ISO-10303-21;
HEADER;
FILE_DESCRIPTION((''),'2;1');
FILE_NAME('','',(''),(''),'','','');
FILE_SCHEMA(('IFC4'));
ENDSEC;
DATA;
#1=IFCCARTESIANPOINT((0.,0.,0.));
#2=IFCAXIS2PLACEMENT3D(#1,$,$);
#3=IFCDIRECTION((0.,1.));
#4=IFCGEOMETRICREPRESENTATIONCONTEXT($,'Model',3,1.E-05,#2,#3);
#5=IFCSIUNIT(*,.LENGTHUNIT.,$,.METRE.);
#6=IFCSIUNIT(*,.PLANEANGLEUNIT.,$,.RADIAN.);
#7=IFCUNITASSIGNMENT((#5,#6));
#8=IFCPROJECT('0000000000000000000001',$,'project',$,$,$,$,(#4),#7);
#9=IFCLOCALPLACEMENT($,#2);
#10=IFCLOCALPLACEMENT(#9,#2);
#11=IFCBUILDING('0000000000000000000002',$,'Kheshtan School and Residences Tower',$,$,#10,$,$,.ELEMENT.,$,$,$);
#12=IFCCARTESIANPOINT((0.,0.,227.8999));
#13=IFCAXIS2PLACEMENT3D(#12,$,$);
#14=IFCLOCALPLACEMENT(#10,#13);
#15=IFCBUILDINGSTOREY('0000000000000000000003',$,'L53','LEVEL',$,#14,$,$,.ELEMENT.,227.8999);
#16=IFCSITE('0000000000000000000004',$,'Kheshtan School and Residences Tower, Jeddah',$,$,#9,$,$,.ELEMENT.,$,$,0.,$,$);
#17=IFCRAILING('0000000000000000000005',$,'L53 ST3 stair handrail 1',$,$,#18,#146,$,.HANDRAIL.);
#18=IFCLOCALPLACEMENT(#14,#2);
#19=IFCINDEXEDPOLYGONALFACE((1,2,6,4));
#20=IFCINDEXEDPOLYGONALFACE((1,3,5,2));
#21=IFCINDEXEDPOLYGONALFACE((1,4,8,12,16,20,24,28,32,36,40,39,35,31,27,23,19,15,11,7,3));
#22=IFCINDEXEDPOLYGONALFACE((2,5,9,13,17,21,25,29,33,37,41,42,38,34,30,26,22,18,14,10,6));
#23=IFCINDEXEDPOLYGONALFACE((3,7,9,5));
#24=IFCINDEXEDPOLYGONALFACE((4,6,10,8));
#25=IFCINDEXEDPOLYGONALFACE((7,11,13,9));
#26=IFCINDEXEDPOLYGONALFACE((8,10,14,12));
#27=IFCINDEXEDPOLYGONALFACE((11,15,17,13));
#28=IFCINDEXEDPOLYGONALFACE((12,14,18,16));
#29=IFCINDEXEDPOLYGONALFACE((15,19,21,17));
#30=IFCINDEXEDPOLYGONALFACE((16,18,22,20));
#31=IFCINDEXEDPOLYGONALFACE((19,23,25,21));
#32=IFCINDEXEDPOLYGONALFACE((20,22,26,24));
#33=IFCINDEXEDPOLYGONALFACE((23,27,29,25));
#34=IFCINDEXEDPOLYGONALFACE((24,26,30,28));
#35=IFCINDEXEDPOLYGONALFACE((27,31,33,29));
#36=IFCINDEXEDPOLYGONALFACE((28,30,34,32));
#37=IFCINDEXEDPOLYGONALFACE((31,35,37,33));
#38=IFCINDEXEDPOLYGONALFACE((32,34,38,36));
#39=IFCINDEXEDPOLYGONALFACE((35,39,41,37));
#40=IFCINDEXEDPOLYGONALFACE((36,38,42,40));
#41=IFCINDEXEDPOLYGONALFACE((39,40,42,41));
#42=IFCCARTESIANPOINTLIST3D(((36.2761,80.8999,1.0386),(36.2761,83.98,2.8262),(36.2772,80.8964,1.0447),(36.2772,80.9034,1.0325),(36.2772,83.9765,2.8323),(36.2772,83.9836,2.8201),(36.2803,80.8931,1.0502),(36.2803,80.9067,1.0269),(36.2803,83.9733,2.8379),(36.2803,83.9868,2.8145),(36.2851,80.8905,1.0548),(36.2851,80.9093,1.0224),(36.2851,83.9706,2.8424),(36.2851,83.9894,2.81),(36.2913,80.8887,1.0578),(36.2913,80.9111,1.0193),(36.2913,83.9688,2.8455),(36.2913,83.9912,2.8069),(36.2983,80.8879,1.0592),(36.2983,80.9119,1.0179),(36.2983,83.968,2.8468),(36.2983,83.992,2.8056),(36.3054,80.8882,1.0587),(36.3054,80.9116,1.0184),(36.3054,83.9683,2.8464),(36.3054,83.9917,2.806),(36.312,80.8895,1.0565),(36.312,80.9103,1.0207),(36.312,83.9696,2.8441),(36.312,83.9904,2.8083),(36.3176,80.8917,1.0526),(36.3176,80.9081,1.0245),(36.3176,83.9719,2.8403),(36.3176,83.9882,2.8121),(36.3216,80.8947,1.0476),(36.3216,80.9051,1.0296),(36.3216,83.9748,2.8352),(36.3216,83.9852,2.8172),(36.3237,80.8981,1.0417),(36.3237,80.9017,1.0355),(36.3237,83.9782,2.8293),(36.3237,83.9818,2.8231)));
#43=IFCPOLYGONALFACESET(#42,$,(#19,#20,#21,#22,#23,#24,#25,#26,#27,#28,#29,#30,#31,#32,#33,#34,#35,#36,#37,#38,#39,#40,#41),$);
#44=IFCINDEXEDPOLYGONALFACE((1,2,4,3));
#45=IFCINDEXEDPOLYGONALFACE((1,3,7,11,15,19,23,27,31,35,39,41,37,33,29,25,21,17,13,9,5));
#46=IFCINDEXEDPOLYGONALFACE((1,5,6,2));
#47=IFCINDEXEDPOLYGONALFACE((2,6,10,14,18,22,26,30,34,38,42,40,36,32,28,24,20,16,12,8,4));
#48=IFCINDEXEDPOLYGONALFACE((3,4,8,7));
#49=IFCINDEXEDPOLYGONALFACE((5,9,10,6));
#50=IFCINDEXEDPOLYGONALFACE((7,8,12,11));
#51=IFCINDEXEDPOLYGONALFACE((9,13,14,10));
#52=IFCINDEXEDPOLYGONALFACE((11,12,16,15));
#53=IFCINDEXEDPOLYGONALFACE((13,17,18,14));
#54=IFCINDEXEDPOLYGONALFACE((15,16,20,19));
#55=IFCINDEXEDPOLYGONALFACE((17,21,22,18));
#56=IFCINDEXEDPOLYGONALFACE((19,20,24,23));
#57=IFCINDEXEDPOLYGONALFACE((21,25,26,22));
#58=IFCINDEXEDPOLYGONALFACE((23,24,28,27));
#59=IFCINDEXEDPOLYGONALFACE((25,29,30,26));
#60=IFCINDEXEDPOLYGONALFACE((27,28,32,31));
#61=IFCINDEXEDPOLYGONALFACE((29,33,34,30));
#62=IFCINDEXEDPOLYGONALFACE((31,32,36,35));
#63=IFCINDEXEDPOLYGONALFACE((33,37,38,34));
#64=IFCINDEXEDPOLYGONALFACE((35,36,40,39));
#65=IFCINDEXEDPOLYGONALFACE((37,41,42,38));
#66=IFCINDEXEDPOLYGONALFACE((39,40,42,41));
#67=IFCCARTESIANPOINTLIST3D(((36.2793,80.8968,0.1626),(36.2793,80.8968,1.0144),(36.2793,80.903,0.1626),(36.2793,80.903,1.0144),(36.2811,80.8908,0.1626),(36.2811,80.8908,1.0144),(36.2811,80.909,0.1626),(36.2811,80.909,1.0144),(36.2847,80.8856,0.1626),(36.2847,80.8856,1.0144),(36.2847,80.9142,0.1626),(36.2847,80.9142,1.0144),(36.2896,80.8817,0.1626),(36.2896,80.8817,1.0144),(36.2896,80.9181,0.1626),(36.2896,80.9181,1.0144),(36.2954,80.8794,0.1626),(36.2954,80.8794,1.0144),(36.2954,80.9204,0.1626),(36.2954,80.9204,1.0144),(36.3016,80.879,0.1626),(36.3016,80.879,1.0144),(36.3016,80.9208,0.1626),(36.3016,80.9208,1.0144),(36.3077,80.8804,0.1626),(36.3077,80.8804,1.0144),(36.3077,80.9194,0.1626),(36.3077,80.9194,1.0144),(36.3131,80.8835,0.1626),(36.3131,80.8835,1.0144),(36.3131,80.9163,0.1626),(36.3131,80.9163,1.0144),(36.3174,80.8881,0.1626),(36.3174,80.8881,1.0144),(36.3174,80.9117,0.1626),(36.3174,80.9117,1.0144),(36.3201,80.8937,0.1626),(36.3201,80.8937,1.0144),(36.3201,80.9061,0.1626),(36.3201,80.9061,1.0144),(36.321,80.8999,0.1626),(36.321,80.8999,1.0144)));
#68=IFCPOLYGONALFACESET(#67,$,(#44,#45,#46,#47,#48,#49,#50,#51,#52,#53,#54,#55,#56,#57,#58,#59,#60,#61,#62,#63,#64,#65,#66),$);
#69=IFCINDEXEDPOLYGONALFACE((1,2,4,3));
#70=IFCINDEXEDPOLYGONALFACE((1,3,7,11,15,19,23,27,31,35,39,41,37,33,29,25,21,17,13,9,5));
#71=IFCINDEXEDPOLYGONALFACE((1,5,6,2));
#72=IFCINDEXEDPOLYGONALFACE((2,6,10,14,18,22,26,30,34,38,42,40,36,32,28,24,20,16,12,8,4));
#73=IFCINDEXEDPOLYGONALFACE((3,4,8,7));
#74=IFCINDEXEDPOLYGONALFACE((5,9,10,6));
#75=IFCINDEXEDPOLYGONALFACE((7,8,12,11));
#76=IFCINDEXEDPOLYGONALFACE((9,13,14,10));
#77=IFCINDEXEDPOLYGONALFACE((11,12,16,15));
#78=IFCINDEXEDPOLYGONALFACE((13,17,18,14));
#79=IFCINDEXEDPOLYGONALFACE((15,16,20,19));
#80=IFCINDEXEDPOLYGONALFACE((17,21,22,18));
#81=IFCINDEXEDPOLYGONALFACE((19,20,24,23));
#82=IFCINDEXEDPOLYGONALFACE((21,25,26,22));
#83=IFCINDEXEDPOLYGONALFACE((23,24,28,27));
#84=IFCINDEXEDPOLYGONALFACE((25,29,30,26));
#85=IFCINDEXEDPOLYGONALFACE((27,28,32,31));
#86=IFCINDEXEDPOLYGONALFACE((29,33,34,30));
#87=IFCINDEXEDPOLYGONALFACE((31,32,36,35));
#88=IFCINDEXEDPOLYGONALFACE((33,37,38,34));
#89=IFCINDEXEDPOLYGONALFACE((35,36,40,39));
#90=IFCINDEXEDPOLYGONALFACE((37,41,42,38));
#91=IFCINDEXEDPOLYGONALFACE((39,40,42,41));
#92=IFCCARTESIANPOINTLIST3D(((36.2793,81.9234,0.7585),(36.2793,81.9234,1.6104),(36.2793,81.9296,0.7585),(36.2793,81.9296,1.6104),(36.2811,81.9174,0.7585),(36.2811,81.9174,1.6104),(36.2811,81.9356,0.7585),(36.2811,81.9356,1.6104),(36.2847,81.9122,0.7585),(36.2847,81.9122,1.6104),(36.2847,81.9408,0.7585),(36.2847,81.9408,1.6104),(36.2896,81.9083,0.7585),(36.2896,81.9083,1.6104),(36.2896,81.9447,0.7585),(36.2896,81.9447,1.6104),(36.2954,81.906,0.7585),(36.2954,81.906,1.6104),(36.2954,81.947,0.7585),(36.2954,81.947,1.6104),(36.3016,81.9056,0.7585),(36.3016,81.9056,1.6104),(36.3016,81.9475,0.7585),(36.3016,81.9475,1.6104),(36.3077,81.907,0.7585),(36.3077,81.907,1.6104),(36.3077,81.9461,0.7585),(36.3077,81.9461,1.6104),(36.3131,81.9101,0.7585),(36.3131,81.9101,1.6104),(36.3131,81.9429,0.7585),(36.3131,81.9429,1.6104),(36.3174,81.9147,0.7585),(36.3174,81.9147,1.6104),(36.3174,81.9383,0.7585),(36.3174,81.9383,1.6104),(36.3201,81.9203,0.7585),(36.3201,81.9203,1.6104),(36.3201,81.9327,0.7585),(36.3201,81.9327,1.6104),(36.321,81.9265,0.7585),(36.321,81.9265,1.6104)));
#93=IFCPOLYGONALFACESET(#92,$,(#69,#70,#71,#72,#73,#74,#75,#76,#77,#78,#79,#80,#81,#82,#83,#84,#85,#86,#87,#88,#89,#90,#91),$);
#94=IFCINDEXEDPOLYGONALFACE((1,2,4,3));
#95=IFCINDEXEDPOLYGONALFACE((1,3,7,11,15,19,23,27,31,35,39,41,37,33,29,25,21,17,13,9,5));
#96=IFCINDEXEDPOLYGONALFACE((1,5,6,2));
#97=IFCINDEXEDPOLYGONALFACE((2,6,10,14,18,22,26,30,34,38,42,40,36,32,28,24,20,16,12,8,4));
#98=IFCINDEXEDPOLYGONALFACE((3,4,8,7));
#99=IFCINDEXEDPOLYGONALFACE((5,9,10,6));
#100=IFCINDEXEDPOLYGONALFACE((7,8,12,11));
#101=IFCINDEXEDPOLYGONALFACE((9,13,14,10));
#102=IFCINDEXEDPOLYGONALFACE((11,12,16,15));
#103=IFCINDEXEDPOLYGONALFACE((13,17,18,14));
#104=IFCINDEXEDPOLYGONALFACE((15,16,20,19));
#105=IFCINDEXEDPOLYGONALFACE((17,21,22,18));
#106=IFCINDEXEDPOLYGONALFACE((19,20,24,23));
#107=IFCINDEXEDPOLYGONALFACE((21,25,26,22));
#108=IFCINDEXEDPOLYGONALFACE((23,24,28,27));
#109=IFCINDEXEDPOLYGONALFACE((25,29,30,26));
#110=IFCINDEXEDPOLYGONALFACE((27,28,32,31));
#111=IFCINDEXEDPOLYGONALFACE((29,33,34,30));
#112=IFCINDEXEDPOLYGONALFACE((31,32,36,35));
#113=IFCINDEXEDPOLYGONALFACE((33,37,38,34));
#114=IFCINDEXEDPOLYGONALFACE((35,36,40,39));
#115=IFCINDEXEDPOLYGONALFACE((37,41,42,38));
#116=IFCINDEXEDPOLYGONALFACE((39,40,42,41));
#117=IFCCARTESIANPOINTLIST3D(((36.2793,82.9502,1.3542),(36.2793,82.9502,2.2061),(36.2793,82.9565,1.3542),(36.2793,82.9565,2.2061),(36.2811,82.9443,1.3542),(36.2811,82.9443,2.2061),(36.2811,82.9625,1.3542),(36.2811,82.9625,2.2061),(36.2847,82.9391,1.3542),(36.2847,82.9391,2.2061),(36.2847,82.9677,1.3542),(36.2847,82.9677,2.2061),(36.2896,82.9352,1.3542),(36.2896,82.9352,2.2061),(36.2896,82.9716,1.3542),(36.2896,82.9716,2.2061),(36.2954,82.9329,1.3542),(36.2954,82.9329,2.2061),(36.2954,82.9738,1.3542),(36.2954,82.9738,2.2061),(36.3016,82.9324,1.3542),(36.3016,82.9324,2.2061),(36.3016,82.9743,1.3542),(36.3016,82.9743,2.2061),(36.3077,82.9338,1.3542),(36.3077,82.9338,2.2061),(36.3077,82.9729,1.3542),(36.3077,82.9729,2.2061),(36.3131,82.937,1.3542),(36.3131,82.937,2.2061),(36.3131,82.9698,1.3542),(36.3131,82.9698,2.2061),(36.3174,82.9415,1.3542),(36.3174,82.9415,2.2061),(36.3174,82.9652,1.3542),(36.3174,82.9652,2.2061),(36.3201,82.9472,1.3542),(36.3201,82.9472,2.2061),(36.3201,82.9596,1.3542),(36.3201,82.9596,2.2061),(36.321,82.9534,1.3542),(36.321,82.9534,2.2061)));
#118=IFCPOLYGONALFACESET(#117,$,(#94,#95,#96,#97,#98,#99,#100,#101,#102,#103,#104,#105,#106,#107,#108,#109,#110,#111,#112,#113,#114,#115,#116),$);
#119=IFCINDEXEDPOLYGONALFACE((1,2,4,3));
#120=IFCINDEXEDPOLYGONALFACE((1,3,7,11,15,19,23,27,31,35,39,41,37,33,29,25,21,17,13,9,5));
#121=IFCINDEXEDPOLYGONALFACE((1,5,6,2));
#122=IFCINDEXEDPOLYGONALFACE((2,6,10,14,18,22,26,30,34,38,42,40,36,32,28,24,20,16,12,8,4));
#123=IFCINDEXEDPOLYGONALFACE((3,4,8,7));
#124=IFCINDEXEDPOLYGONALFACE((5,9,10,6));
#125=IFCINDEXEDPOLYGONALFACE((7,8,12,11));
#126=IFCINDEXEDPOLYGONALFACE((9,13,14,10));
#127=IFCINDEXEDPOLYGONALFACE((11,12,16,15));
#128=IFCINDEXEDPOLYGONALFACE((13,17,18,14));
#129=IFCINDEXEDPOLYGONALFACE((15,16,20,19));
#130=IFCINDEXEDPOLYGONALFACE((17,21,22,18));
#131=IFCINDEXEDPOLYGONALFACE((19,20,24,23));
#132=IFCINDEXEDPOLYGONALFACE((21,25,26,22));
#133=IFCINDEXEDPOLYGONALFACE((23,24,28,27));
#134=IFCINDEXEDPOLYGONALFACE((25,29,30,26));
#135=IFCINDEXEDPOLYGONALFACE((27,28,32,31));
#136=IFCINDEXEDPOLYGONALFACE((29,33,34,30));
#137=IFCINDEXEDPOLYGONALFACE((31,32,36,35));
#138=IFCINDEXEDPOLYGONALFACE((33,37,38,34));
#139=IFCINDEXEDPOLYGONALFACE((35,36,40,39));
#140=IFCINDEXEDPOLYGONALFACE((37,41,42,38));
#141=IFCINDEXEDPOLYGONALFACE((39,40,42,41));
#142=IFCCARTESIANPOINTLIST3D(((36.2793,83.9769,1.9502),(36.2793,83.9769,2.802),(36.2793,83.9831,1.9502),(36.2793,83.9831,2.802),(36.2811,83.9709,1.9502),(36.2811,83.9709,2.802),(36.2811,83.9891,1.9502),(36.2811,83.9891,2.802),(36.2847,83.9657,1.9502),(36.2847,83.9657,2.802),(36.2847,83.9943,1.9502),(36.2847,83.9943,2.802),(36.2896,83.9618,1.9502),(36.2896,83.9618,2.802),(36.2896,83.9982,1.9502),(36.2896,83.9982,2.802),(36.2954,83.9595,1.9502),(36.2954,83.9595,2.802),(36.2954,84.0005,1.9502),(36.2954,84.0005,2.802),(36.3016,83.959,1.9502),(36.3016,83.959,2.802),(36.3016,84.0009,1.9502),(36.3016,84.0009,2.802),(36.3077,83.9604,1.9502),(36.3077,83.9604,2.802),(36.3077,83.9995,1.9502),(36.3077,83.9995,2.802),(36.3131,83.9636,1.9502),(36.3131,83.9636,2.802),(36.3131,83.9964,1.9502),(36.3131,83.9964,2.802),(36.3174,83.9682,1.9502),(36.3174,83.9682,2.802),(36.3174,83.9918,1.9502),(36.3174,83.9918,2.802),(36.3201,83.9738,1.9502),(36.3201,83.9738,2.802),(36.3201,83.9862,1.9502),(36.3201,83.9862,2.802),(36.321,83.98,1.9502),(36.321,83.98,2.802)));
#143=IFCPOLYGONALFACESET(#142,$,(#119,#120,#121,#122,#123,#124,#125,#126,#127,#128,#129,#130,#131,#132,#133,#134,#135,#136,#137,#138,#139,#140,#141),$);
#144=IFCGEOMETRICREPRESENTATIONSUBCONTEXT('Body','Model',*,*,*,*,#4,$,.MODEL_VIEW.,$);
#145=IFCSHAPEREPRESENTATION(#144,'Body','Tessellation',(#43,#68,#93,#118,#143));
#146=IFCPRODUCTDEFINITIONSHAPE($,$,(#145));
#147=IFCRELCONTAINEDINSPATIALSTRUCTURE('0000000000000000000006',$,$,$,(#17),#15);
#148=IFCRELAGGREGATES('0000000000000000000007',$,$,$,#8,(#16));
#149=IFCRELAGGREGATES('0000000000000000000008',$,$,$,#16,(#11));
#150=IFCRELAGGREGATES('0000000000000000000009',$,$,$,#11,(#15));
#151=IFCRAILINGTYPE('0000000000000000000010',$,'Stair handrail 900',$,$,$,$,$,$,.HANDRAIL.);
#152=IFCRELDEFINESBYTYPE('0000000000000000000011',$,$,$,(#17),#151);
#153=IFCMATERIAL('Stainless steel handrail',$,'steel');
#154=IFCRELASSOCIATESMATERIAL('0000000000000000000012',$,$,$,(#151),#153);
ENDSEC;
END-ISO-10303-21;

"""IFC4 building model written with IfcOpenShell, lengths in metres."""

from ifc_helpers import new_model, si_unit, direction, frame, origin, origin_2d, place, context, subcontext, project, spatial, circle, extrude, material, type_object, element, save


model = new_model("IFC4")

# Units and contexts
model_context = context("Model", 3, precision=1e-05, world=origin(), true_north=direction((0.0, 1.0)))
body_context = subcontext(model_context, "Body", "Model", "MODEL_VIEW")
ifc_project = project(units=[si_unit("LENGTHUNIT", "METRE"), si_unit("PLANEANGLEUNIT", "RADIAN")], contexts=[model_context])

# Site, building, storey
site_placement = place(None, origin())
site = spatial("IfcSite", under=ifc_project, at=site_placement, Name="Kheshtan School and Residences Tower, Jeddah", CompositionType="ELEMENT", RefElevation=0.0)
building_placement = place(site_placement, origin())
building = spatial("IfcBuilding", under=site, at=building_placement, Name="Kheshtan School and Residences Tower", CompositionType="ELEMENT")
storey_placement = place(building_placement, frame((0.0, 0.0, 227.8999)))
storey = spatial("IfcBuildingStorey", under=building, at=storey_placement, Name="L53", Description="LEVEL", CompositionType="ELEMENT", Elevation=227.8999)

# Railing
ifc_material_1 = material(Name="Stainless steel handrail", Category="steel")
railing_type_1 = type_object("IfcRailingType", Name="Stair handrail 900", PredefinedType="HANDRAIL", material=ifc_material_1)
railing_1_placement = place(storey_placement, frame((36.3, 80.8999, 0.1626)))
element("IfcRailing", 1, at=railing_1_placement, inside=storey, type_object=railing_type_1, Name="L53 ST3 stair handrail 1", PredefinedType="HANDRAIL", context=body_context, shape_type="SweptSolid", body=[
    extrude(circle(Radius=0.0239, at=origin_2d()), frame((0.0, 0.0, 0.876), z_axis=(0.0, 0.864891, 0.50196), x_axis=(-1.0, 0.0, 0.0)), (0.0, 0.0, 1.0), 3.5613),
    extrude(circle(Radius=0.021, at=origin_2d()), origin(), (0.0, 0.0, 1.0), 0.8518),
    extrude(circle(Radius=0.021, at=origin_2d()), frame((0.0, 1.0266, 0.5959)), (0.0, 0.0, 1.0), 0.8518),
    extrude(circle(Radius=0.021, at=origin_2d()), frame((0.0, 2.0535, 1.1917)), (0.0, 0.0, 1.0), 0.8518),
    extrude(circle(Radius=0.021, at=origin_2d()), frame((0.0, 3.0801, 1.7876)), (0.0, 0.0, 1.0), 0.8518),
])

save(model, "model.ifc")
